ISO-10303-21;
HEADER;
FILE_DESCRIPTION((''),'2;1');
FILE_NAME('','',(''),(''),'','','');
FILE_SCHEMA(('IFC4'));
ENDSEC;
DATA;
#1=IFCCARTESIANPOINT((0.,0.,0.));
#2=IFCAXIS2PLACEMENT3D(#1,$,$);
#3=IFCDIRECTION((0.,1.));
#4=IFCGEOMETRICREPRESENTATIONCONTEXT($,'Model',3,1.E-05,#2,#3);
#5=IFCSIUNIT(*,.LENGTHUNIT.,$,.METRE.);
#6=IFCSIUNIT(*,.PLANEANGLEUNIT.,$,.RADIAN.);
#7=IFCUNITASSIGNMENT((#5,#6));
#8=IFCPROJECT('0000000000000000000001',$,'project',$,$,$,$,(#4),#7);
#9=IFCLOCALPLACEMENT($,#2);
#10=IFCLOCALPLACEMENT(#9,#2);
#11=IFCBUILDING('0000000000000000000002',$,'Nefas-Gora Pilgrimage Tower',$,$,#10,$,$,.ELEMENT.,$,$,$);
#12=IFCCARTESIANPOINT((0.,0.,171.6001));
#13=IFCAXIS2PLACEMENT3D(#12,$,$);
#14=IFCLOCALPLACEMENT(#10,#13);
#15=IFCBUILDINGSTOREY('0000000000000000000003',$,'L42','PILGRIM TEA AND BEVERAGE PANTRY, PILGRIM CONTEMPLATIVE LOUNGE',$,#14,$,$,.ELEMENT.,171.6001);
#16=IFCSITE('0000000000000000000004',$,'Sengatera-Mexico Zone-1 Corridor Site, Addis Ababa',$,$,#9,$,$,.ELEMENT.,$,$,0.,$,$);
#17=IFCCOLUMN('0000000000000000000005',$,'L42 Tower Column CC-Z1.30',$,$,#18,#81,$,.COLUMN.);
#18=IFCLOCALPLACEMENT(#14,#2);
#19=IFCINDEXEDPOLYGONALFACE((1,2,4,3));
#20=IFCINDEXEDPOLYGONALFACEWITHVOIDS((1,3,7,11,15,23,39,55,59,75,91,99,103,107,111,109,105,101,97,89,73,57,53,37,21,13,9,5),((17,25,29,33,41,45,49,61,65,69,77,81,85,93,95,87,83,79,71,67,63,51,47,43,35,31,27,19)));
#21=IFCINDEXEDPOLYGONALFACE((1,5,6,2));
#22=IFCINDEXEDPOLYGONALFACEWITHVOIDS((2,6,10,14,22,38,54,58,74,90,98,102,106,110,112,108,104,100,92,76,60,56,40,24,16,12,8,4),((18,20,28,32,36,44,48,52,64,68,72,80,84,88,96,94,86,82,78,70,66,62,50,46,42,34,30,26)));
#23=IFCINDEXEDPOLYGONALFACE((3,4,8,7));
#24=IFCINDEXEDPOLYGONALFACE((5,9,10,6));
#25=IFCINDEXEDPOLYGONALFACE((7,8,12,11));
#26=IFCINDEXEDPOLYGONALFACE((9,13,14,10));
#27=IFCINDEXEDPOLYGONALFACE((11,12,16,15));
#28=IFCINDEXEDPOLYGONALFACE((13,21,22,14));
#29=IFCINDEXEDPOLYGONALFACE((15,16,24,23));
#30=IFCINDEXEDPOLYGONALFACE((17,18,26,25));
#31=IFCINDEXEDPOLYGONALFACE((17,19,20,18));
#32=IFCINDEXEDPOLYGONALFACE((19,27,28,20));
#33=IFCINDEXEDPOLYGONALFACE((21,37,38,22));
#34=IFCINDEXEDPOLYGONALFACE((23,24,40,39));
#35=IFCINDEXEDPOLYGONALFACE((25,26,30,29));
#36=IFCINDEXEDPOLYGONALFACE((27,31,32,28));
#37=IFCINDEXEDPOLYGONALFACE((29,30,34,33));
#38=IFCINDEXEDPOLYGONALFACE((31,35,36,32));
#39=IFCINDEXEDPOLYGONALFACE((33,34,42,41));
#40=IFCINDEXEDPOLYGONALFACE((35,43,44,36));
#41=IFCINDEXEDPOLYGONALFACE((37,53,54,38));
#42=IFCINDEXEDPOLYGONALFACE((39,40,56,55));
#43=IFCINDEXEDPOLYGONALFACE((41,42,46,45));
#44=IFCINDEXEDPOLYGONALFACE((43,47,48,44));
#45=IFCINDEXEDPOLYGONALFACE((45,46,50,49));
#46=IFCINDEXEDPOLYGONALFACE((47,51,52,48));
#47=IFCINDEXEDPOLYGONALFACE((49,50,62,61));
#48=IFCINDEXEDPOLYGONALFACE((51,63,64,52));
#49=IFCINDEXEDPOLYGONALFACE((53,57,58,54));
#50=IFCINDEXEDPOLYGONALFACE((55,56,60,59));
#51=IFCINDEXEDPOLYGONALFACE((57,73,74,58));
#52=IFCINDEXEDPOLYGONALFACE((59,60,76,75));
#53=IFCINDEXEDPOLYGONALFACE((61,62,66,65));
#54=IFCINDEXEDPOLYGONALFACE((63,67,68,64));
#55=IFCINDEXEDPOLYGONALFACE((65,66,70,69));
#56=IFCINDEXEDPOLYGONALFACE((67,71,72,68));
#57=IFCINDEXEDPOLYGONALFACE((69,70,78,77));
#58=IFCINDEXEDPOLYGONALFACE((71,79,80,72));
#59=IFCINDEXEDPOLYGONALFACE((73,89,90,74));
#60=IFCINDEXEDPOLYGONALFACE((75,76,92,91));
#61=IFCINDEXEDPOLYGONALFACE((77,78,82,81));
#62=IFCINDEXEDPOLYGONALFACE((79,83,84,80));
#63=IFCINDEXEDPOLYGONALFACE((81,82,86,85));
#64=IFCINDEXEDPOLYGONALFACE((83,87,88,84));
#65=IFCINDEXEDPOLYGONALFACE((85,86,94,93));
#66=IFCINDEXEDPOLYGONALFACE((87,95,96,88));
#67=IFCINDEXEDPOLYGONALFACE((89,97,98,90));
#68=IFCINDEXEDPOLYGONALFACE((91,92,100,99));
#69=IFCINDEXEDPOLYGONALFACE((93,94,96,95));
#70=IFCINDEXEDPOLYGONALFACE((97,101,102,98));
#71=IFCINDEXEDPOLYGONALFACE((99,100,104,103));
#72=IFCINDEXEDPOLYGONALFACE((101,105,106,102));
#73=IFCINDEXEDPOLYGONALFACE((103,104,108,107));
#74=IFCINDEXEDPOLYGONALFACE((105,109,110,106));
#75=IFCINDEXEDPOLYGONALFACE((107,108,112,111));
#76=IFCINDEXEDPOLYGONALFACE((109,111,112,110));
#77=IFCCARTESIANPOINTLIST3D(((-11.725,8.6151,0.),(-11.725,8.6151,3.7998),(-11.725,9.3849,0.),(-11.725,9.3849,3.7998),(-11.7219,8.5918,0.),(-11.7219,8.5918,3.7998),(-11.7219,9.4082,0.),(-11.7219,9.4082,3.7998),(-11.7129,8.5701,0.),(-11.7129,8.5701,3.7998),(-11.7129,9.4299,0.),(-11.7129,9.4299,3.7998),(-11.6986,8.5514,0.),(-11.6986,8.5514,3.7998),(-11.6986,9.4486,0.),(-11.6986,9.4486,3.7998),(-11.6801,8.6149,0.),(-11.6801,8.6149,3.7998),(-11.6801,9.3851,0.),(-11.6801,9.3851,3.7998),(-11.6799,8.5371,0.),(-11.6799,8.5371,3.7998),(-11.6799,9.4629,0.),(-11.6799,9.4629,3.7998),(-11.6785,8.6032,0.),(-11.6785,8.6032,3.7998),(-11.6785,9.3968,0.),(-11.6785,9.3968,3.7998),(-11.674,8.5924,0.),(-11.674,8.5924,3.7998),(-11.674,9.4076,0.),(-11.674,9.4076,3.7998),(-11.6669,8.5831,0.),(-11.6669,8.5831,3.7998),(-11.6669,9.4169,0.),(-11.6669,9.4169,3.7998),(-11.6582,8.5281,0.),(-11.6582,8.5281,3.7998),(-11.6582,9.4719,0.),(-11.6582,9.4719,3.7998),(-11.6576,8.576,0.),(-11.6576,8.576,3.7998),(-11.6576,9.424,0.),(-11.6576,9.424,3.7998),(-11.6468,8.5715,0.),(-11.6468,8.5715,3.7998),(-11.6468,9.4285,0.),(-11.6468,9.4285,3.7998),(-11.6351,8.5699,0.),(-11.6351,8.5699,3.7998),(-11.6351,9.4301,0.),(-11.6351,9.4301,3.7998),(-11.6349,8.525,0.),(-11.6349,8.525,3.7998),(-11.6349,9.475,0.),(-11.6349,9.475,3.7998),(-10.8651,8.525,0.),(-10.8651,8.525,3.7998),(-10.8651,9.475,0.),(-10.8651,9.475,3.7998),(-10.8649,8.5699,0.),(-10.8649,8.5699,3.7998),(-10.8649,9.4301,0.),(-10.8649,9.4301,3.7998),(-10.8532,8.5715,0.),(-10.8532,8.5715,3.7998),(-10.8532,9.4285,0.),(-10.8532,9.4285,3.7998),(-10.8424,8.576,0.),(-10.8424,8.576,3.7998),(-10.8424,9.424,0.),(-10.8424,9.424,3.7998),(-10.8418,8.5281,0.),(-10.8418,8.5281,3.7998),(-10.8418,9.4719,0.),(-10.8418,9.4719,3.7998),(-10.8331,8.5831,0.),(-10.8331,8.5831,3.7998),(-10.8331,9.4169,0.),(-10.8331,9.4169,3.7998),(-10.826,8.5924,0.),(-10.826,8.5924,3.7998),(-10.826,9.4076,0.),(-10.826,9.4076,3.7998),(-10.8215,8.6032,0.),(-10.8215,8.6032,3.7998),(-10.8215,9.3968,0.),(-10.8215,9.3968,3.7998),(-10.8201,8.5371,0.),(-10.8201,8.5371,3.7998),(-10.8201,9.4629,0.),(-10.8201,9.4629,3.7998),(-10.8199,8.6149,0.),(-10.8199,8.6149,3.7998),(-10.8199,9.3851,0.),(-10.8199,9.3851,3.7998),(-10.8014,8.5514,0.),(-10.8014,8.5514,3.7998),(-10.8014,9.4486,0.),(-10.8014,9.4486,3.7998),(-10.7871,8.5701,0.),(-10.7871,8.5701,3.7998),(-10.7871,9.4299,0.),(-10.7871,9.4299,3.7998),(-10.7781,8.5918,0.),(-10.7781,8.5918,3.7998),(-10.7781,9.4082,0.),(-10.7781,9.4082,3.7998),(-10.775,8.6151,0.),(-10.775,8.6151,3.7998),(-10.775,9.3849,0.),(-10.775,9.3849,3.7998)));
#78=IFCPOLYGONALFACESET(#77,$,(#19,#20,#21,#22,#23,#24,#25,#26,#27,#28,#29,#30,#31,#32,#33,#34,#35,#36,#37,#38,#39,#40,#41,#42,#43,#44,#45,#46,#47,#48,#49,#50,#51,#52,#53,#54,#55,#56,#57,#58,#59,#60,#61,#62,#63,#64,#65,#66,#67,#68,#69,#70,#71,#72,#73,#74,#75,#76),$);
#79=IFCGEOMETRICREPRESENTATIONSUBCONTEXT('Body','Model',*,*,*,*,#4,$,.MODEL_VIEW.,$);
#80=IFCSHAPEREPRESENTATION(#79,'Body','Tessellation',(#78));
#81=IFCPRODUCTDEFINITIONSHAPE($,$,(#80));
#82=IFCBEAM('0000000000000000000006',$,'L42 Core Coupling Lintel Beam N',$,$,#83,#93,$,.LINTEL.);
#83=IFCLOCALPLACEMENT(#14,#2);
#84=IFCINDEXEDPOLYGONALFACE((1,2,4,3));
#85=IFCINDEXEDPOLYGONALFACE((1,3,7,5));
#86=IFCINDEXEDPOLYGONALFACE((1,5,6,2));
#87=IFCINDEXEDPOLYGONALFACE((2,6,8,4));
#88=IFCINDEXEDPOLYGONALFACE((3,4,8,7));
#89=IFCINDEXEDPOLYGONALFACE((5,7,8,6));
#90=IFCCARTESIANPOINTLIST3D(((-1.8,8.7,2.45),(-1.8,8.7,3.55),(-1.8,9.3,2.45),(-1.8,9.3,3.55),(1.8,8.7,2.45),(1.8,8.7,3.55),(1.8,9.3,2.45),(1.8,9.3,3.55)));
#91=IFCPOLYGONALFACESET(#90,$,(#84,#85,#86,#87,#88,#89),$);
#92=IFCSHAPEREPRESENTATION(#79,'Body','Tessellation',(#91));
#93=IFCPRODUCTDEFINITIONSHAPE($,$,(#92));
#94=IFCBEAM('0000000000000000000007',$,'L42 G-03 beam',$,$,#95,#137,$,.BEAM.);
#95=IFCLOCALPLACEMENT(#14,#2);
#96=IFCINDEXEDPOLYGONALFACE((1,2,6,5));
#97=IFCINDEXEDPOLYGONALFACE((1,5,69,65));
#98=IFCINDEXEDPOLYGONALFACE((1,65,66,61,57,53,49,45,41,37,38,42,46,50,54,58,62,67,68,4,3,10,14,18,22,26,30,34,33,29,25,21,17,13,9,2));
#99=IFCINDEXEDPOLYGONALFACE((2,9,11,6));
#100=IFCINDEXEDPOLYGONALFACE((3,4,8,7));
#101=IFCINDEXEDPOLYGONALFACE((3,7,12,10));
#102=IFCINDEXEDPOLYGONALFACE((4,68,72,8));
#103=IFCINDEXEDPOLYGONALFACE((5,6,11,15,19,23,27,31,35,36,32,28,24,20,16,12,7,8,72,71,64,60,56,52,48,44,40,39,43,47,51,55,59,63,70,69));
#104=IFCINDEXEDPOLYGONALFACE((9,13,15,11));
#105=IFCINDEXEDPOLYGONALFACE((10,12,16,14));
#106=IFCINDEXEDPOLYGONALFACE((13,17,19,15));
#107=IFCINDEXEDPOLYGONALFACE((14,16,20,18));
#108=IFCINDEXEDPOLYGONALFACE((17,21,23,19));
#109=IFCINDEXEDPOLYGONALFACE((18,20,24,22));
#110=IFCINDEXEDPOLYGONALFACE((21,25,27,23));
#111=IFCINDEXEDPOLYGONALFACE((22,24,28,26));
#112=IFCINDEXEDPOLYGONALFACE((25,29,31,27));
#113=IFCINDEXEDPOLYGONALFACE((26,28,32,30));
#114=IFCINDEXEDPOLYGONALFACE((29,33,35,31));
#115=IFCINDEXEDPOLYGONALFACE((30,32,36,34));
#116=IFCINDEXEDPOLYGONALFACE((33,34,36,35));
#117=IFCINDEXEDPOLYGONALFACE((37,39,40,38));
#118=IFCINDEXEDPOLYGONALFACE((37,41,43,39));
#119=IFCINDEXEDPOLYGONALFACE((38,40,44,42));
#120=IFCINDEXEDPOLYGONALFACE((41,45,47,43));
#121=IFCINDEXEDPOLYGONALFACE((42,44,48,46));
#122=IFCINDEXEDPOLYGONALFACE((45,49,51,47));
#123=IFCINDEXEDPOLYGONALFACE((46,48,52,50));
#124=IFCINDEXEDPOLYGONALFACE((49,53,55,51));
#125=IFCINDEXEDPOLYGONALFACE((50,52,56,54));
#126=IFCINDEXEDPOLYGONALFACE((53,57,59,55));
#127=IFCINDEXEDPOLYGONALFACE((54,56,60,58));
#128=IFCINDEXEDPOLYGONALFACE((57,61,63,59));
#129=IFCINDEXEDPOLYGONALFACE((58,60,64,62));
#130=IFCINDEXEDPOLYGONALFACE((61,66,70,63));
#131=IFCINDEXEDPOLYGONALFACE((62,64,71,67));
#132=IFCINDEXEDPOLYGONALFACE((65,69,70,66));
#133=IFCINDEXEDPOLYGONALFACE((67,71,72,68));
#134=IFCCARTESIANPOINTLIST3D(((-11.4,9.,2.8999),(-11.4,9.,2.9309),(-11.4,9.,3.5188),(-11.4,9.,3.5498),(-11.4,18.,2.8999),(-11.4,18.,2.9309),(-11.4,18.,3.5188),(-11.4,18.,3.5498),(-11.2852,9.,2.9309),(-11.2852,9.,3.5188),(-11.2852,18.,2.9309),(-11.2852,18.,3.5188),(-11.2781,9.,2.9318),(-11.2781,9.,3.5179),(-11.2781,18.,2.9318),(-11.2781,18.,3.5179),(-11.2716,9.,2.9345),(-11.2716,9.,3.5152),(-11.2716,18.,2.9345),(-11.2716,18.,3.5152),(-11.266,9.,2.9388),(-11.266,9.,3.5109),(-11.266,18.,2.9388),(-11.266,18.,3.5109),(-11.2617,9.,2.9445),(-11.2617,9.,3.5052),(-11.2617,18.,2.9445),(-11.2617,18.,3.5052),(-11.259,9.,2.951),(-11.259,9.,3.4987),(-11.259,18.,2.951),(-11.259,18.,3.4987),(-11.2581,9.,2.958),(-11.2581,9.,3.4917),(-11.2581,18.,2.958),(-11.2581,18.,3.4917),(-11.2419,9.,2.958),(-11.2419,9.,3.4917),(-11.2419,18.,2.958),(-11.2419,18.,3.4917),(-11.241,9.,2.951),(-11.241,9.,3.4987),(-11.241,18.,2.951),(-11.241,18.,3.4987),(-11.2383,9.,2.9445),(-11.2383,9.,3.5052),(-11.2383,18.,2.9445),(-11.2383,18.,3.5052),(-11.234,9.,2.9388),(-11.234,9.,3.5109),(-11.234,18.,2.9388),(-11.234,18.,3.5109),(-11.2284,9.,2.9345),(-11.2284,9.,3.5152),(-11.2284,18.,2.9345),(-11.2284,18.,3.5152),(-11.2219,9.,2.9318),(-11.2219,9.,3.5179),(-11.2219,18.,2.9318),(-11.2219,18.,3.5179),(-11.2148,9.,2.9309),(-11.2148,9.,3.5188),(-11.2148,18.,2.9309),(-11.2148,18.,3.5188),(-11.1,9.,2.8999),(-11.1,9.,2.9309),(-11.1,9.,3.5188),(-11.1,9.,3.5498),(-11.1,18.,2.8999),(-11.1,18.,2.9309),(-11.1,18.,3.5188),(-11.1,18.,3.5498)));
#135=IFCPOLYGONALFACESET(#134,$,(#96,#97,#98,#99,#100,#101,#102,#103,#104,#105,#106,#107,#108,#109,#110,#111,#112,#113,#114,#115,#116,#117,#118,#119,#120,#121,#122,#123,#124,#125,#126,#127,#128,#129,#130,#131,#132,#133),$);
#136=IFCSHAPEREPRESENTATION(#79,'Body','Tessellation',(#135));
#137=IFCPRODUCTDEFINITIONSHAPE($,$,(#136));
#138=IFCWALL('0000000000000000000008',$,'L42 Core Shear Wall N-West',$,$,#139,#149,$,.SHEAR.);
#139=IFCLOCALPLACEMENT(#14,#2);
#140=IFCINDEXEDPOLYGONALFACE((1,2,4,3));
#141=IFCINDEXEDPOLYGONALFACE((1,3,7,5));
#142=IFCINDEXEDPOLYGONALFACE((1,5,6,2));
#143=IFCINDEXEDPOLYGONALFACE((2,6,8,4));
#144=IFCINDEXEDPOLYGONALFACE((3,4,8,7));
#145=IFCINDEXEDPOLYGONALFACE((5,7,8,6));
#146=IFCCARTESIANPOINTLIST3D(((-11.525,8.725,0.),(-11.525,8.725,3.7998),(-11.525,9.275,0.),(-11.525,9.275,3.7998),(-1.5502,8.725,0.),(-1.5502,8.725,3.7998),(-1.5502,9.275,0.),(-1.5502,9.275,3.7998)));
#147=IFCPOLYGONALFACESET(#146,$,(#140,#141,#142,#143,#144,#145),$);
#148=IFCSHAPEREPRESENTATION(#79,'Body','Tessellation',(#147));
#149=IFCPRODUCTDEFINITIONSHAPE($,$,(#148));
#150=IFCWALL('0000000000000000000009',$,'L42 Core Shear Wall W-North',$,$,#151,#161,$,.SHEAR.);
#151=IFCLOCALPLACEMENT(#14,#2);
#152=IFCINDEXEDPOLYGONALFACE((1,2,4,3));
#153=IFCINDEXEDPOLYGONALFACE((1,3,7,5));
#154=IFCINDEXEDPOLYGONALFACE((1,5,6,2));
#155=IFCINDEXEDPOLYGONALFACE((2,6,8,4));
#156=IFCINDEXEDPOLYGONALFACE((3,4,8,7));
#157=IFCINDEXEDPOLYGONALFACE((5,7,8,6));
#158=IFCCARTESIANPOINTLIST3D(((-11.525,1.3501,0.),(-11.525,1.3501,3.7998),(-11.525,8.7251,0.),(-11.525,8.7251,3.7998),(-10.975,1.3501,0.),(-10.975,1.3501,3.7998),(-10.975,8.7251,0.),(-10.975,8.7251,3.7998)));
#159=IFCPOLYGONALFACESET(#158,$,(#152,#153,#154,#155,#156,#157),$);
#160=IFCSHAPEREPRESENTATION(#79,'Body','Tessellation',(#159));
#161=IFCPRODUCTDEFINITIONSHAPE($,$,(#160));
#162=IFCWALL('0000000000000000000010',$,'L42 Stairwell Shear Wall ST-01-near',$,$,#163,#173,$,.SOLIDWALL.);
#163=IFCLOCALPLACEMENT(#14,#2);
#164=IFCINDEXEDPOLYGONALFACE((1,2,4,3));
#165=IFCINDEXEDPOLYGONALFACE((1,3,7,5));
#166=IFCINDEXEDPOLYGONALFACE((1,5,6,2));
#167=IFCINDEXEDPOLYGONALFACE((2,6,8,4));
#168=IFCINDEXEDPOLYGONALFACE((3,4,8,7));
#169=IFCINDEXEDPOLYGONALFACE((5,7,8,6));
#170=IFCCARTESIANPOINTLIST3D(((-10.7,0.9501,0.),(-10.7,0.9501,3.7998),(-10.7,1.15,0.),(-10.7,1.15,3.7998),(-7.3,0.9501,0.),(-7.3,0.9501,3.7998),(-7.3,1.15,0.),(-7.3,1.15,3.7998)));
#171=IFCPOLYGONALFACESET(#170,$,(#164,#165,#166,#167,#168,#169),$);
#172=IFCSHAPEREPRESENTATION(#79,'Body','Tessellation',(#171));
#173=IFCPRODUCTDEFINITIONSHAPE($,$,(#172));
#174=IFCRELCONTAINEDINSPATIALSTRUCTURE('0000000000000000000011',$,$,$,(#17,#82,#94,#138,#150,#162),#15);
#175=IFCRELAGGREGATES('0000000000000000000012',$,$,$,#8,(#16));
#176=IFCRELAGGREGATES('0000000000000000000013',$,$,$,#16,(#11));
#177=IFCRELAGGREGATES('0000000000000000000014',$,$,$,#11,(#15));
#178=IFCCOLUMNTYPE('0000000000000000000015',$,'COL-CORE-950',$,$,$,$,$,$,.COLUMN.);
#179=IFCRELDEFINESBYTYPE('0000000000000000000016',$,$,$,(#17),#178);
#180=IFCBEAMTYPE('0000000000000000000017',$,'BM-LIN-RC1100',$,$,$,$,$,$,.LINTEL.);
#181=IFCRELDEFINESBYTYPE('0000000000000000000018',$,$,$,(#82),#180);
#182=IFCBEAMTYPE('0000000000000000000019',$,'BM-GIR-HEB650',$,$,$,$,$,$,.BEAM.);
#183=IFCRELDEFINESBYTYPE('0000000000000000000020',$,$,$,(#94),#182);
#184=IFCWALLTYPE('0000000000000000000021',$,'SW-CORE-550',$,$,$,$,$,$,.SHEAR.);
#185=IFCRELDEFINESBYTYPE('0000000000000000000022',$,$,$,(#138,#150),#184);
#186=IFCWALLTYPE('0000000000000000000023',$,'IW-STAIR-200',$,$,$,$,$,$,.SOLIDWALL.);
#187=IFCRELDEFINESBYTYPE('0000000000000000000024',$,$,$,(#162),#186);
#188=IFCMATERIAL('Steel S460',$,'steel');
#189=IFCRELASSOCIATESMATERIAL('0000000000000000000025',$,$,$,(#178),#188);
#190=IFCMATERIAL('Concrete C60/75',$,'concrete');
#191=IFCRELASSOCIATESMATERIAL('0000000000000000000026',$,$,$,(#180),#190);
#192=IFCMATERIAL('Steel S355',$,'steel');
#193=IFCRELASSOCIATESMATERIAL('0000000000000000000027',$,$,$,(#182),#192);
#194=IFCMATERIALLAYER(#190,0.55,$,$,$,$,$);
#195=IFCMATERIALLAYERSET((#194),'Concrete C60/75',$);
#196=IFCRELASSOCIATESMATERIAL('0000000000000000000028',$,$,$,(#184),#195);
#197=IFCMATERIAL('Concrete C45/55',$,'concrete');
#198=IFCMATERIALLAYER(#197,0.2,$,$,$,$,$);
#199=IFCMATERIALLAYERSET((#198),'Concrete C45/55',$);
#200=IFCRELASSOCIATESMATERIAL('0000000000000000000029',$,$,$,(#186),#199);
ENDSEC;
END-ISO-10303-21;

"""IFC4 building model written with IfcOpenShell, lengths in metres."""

from ifc_helpers import new_model, si_unit, direction, frame, frame_2d, origin, origin_2d, place, context, subcontext, project, spatial, rectangle, hollow_rectangle, i_section, extrude, source, transform, mapped, material, layer, layer_set, material_profile, profile_set, type_object, element, save


model = new_model("IFC4")

# Units and contexts
model_context = context("Model", 3, precision=1e-05, world=origin(), true_north=direction((0.0, 1.0)))
body_context = subcontext(model_context, "Body", "Model", "MODEL_VIEW")
ifc_project = project(units=[si_unit("LENGTHUNIT", "METRE"), si_unit("PLANEANGLEUNIT", "RADIAN")], contexts=[model_context])

# Site, building, storey
site_placement = place(None, origin())
site = spatial("IfcSite", under=ifc_project, at=site_placement, Name="Sengatera-Mexico Zone-1 Corridor Site, Addis Ababa", CompositionType="ELEMENT", RefElevation=0.0)
building_placement = place(site_placement, origin())
building = spatial("IfcBuilding", under=site, at=building_placement, Name="Nefas-Gora Pilgrimage Tower", CompositionType="ELEMENT")
storey_placement = place(building_placement, frame((0.0, 0.0, 171.6001)))
storey = spatial("IfcBuildingStorey", under=building, at=storey_placement, Name="L42", Description="PILGRIM TEA AND BEVERAGE PANTRY, PILGRIM CONTEMPLATIVE LOUNGE", CompositionType="ELEMENT", Elevation=171.6001)

# Column
ifc_material_1 = material(Name="Steel S460", Category="steel")
ifc_material_profile_1 = material_profile(ifc_material_1, hollow_rectangle(XDim=0.95, YDim=0.95, WallThickness=0.0449, InnerFilletRadius=0.0449, OuterFilletRadius=0.0901, at=origin_2d()), Name="BOX 950x950x45")
ifc_profile_set_1 = profile_set([ifc_material_profile_1], Name="Steel S460")
column_type = type_object("IfcColumnType", Name="COL-CORE-950", PredefinedType="COLUMN", material=ifc_profile_set_1)
shared_shape_1 = source(origin(), body_context, "Body", "SweptSolid", [
    extrude(hollow_rectangle(XDim=0.95, YDim=0.95, WallThickness=0.0449, InnerFilletRadius=0.0449, OuterFilletRadius=0.0901, at=origin_2d()), origin(), (0.0, 0.0, 1.0), 3.7998),
])
column_placement = place(storey_placement, frame((-11.25, 9.0, 0.0), z_axis=(0.0, 0.0, 1.0), x_axis=(1.0, 0.0, 0.0)))
element("IfcColumn", 1, at=column_placement, inside=storey, type_object=column_type, Name="L42 Tower Column CC-Z1.30", PredefinedType="COLUMN", context=body_context, shape_type="MappedRepresentation", body=[
    mapped(shared_shape_1, transform((0.0, 0.0, 0.0), x_axis=(1.0, 0.0, 0.0), y_axis=(0.0, 1.0, 0.0), z_axis=(0.0, 0.0, 1.0), scale=1.0)),
])

# Beams
ifc_material_2 = material(Name="Concrete C60/75", Category="concrete")
ifc_material_profile_2 = material_profile(ifc_material_2, rectangle(XDim=0.6001, YDim=1.1001, at=origin_2d()), Name="RC 600x1100")
ifc_profile_set_2 = profile_set([ifc_material_profile_2], Name="Concrete C60/75")
beam_type_1 = type_object("IfcBeamType", Name="BM-LIN-RC1100", PredefinedType="LINTEL", material=ifc_profile_set_2)
shared_shape_2 = source(origin(), body_context, "Body", "SweptSolid", [
    extrude(rectangle(XDim=0.6001, YDim=1.1001, at=origin_2d()), origin(), (0.0, 0.0, 1.0), 3.6001),
])
beam_1_placement = place(storey_placement, frame((-1.8, 9.0, 3.0), z_axis=(1.0, 0.0, 0.0), x_axis=(0.0, 1.0, 0.0)))
element("IfcBeam", 2, at=beam_1_placement, inside=storey, type_object=beam_type_1, Name="L42 Core Coupling Lintel Beam N", PredefinedType="LINTEL", context=body_context, shape_type="MappedRepresentation", body=[
    mapped(shared_shape_2, transform((0.0, 0.0, 0.0), x_axis=(1.0, 0.0, 0.0), y_axis=(0.0, 1.0, 0.0), z_axis=(0.0, 0.0, 1.0), scale=1.0)),
])
ifc_material_3 = material(Name="Steel S355", Category="steel")
ifc_material_profile_3 = material_profile(ifc_material_3, i_section(OverallWidth=0.3, OverallDepth=0.6499, WebThickness=0.0161, FlangeThickness=0.031, FilletRadius=0.0271, at=origin_2d()), Name="HEB 650")
ifc_profile_set_3 = profile_set([ifc_material_profile_3], Name="Steel S355")
beam_type_2 = type_object("IfcBeamType", Name="BM-GIR-HEB650", PredefinedType="BEAM", material=ifc_profile_set_3)
shared_shape_3 = source(origin(), body_context, "Body", "SweptSolid", [
    extrude(i_section(OverallWidth=0.3, OverallDepth=0.6499, WebThickness=0.0161, FlangeThickness=0.031, FilletRadius=0.0271, at=origin_2d()), origin(), (0.0, 0.0, 1.0), 9.0),
])
beam_2_placement = place(storey_placement, frame((-11.25, 9.0, 3.2249), z_axis=(0.0, 1.0, 0.0), x_axis=(-1.0, 0.0, 0.0)))
element("IfcBeam", 3, at=beam_2_placement, inside=storey, type_object=beam_type_2, Name="L42 G-03 beam", PredefinedType="BEAM", context=body_context, shape_type="MappedRepresentation", body=[
    mapped(shared_shape_3, transform((0.0, 0.0, 0.0), x_axis=(1.0, 0.0, 0.0), y_axis=(0.0, 1.0, 0.0), z_axis=(0.0, 0.0, 1.0), scale=1.0)),
])

# Walls
ifc_layer_1 = layer(ifc_material_2, 0.55)
ifc_layer_set_1 = layer_set([ifc_layer_1], Name="Concrete C60/75")
wall_type_1 = type_object("IfcWallType", Name="SW-CORE-550", PredefinedType="SHEAR", material=ifc_layer_set_1)
shared_shape_4 = source(origin(), body_context, "Body", "SweptSolid", [
    extrude(rectangle(XDim=9.9749, YDim=0.55, at=frame_2d((4.9873, 0.0))), origin(), (0.0, 0.0, 1.0), 3.7998),
])
wall_1_placement = place(storey_placement, frame((-11.5249, 9.0, 0.0), z_axis=(0.0, 0.0, 1.0), x_axis=(1.0, 0.0, 0.0)))
element("IfcWall", 4, at=wall_1_placement, inside=storey, type_object=wall_type_1, Name="L42 Core Shear Wall N-West", PredefinedType="SHEAR", context=body_context, shape_type="MappedRepresentation", body=[
    mapped(shared_shape_4, transform((0.0, 0.0, 0.0), x_axis=(1.0, 0.0, 0.0), y_axis=(0.0, 1.0, 0.0), z_axis=(0.0, 0.0, 1.0), scale=1.0)),
])
shared_shape_5 = source(origin(), body_context, "Body", "SweptSolid", [
    extrude(rectangle(XDim=7.375, YDim=0.55, at=frame_2d((3.6875, 0.0))), origin(), (0.0, 0.0, 1.0), 3.7998),
])
wall_2_placement = place(storey_placement, frame((-11.25, 1.3501, 0.0), z_axis=(0.0, 0.0, 1.0), x_axis=(0.0, 1.0, 0.0)))
element("IfcWall", 5, at=wall_2_placement, inside=storey, type_object=wall_type_1, Name="L42 Core Shear Wall W-North", PredefinedType="SHEAR", context=body_context, shape_type="MappedRepresentation", body=[
    mapped(shared_shape_5, transform((0.0, 0.0, 0.0), x_axis=(1.0, 0.0, 0.0), y_axis=(0.0, 1.0, 0.0), z_axis=(0.0, 0.0, 1.0), scale=1.0)),
])
ifc_material_4 = material(Name="Concrete C45/55", Category="concrete")
ifc_layer_2 = layer(ifc_material_4, 0.2)
ifc_layer_set_2 = layer_set([ifc_layer_2], Name="Concrete C45/55")
wall_type_2 = type_object("IfcWallType", Name="IW-STAIR-200", PredefinedType="SOLIDWALL", material=ifc_layer_set_2)
shared_shape_6 = source(origin(), body_context, "Body", "SweptSolid", [
    extrude(rectangle(XDim=3.3999, YDim=0.2, at=frame_2d((1.7, 0.0))), origin(), (0.0, 0.0, 1.0), 3.7998),
])
wall_3_placement = place(storey_placement, frame((-7.3, 1.05, 0.0), z_axis=(0.0, 0.0, 1.0), x_axis=(-1.0, 0.0, 0.0)))
element("IfcWall", 6, at=wall_3_placement, inside=storey, type_object=wall_type_2, Name="L42 Stairwell Shear Wall ST-01-near", PredefinedType="SOLIDWALL", context=body_context, shape_type="MappedRepresentation", body=[
    mapped(shared_shape_6, transform((0.0, 0.0, 0.0), x_axis=(1.0, 0.0, 0.0), y_axis=(0.0, 1.0, 0.0), z_axis=(0.0, 0.0, 1.0), scale=1.0)),
])

save(model, "model.ifc")
